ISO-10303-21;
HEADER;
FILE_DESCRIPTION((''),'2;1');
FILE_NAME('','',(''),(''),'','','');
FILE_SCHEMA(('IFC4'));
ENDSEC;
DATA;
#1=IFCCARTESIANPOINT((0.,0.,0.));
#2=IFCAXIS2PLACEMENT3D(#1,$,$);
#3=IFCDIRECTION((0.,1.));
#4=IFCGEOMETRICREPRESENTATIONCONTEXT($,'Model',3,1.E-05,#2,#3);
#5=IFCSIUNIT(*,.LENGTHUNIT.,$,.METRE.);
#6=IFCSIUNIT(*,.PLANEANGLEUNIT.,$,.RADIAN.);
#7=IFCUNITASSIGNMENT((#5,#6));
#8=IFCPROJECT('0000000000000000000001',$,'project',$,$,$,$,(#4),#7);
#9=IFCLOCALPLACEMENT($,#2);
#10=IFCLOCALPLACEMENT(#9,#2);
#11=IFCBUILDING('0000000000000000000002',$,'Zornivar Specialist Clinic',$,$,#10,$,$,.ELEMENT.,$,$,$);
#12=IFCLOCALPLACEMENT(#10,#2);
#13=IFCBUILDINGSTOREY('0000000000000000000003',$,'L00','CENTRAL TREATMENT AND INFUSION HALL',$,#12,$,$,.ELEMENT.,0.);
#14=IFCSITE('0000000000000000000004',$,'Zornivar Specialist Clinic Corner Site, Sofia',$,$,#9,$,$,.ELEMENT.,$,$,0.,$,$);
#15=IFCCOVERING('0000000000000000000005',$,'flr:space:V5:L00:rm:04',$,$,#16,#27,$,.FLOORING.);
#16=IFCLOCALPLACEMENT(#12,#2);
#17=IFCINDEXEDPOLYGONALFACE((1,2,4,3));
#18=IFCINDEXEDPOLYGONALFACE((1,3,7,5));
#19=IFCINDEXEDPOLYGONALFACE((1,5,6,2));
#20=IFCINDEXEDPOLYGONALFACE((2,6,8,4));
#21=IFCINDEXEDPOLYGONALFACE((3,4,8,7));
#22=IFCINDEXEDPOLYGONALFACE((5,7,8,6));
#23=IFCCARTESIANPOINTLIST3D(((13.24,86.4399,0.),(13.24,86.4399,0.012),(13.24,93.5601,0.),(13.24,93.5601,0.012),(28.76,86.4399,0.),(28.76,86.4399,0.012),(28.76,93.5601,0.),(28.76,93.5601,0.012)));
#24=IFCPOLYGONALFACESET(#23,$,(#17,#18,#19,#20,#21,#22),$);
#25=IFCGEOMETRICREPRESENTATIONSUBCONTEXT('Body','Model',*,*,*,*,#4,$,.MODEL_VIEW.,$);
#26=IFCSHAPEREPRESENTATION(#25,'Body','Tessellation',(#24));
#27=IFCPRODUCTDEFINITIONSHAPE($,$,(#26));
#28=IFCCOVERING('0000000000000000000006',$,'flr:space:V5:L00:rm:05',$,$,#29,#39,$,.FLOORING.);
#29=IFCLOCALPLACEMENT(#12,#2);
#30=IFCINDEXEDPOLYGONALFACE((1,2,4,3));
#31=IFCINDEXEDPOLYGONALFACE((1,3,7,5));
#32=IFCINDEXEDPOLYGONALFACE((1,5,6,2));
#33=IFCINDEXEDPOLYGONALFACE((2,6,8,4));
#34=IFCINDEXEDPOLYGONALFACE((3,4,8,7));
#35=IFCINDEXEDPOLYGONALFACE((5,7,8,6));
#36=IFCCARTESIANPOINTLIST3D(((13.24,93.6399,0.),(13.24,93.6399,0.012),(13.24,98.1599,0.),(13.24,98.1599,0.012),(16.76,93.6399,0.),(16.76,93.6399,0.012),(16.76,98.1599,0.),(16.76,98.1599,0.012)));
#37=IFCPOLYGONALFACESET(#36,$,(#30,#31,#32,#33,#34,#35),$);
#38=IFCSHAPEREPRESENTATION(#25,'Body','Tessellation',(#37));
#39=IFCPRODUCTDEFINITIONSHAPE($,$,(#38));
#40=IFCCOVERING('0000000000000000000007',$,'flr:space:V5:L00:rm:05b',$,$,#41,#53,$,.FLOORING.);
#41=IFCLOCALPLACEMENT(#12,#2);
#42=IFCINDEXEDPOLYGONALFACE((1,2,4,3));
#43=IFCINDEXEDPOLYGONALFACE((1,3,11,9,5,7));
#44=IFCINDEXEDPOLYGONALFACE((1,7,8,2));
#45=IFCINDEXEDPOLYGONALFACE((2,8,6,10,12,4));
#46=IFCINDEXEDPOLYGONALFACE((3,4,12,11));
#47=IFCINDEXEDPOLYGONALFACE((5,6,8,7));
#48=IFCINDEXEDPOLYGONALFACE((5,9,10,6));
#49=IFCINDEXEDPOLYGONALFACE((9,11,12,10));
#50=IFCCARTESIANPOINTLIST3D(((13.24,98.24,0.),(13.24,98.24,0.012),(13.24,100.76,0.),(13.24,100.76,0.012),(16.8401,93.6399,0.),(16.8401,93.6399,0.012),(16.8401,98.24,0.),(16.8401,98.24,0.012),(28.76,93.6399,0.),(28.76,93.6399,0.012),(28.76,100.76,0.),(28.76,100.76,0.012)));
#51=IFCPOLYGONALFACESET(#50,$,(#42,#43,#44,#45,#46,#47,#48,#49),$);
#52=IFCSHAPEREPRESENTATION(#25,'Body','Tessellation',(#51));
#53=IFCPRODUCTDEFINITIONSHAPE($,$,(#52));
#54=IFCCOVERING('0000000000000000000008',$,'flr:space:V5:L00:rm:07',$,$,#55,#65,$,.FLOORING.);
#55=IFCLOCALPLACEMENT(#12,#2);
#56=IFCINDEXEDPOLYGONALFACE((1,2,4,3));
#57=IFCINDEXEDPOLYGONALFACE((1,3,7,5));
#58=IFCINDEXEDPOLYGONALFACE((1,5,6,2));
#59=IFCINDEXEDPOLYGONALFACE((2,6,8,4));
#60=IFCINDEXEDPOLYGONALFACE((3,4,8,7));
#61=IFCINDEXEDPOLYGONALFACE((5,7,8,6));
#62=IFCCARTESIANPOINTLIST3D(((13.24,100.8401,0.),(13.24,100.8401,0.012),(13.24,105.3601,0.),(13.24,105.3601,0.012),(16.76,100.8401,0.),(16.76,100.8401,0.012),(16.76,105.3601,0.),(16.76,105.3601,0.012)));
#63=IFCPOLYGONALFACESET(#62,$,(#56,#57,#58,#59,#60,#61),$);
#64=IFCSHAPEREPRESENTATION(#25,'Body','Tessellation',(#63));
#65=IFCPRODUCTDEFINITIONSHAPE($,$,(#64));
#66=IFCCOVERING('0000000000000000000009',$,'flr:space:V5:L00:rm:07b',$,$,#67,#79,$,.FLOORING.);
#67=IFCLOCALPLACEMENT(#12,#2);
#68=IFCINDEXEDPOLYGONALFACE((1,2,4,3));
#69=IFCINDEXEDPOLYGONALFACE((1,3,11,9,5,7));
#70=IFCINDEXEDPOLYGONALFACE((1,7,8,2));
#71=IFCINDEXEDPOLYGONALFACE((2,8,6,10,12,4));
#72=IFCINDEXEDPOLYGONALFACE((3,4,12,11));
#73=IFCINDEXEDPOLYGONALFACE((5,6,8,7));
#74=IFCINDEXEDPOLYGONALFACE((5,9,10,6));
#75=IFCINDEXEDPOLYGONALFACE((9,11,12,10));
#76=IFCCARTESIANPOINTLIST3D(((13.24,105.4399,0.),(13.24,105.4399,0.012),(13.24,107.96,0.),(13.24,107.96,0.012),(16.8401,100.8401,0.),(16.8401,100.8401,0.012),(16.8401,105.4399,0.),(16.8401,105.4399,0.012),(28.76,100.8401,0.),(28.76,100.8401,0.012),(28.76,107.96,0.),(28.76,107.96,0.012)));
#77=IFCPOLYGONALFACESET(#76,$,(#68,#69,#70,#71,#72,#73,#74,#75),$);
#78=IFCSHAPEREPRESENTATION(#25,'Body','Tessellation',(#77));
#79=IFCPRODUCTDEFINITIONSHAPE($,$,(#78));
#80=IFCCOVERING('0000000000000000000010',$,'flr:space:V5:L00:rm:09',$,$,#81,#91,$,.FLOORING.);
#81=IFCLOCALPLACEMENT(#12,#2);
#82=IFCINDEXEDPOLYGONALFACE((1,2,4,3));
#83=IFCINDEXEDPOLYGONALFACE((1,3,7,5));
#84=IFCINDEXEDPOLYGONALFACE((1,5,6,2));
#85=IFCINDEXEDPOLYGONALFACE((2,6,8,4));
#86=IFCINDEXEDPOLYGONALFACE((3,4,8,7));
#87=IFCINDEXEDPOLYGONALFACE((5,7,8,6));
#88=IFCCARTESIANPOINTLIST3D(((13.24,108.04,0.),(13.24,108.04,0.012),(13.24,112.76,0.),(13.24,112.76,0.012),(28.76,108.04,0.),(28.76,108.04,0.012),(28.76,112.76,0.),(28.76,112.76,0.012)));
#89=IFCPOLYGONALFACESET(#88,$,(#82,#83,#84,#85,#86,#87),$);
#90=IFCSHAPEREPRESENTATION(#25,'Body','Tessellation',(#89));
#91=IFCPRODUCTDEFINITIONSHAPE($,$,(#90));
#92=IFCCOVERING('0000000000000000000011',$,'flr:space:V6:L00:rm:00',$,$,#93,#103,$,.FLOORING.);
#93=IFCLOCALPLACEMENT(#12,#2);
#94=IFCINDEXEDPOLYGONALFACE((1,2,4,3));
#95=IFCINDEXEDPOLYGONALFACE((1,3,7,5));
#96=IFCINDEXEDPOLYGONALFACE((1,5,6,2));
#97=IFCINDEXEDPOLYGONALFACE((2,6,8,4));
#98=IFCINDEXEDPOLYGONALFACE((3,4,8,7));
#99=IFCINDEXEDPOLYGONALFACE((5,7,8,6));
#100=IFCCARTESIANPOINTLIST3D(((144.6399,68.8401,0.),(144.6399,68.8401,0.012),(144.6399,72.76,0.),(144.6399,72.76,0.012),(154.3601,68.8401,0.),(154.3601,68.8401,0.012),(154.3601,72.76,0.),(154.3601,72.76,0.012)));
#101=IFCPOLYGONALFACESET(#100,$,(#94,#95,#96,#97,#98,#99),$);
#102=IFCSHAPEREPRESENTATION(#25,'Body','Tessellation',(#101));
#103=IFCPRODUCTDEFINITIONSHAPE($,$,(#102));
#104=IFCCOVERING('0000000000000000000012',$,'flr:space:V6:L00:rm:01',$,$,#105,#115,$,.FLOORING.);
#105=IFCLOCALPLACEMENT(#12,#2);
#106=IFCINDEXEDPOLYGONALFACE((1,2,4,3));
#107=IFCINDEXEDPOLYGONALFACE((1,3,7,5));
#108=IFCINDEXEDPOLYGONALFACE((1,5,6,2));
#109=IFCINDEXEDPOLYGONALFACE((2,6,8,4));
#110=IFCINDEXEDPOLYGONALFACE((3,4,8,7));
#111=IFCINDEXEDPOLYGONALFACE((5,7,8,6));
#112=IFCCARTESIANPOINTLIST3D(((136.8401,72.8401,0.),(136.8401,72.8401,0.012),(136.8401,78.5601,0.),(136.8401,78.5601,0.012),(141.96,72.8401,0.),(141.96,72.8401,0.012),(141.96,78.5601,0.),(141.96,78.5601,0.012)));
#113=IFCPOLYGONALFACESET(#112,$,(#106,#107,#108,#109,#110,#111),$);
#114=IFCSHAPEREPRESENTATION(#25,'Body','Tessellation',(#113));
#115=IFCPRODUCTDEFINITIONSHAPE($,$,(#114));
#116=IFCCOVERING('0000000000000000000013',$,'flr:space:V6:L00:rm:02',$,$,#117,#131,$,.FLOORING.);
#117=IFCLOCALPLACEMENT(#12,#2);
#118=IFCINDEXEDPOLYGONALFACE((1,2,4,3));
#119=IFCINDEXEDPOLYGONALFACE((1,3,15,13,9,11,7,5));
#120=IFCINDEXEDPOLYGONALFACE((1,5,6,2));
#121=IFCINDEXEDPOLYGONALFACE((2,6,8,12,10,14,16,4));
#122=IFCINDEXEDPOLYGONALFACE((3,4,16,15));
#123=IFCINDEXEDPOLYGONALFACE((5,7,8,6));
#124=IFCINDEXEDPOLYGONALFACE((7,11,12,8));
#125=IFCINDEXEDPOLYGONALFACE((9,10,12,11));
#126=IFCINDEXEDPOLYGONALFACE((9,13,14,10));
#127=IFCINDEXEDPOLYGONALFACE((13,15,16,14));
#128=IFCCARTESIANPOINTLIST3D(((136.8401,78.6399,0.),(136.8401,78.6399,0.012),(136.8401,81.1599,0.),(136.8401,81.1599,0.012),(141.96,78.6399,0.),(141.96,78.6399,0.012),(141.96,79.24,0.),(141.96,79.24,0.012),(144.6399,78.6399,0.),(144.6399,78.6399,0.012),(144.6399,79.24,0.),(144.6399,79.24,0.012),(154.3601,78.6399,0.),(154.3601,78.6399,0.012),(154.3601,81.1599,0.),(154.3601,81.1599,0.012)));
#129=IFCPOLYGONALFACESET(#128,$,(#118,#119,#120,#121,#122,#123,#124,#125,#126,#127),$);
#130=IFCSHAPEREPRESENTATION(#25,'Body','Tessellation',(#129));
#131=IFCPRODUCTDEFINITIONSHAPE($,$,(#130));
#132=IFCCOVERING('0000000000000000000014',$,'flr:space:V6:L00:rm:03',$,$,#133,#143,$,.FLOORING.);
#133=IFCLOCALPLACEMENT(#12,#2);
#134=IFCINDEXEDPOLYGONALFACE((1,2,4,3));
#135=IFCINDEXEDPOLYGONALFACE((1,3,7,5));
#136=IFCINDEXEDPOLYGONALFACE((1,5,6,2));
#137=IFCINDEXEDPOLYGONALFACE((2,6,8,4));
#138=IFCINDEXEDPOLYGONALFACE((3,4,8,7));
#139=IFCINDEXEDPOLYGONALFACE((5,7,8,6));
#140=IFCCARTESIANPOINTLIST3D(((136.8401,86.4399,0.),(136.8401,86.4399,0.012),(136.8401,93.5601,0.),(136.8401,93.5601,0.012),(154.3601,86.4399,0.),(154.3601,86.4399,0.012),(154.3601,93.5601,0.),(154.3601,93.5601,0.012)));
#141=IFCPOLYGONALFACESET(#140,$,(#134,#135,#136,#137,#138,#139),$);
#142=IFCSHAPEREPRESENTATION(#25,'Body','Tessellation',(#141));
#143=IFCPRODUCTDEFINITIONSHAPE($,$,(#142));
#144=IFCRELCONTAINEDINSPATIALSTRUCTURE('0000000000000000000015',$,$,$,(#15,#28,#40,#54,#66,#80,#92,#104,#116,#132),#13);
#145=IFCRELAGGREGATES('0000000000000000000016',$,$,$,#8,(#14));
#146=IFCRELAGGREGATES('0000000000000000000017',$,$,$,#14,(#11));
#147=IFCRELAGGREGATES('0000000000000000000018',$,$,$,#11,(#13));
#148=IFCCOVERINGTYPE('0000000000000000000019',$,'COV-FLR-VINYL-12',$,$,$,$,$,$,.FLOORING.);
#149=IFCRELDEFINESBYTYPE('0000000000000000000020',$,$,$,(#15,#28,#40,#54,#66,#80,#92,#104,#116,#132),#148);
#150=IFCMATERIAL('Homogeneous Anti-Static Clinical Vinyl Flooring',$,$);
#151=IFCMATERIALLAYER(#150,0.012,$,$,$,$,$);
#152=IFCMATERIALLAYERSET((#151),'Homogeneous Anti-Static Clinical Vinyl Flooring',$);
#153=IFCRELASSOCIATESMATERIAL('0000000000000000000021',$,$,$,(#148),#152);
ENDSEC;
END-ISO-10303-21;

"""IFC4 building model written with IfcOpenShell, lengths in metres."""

from ifc_helpers import new_model, si_unit, direction, origin, place, context, subcontext, project, spatial, polyline, outline, extrude, material, layer, layer_set, type_object, element, save


model = new_model("IFC4")

# Units and contexts
model_context = context("Model", 3, precision=1e-05, world=origin(), true_north=direction((0.0, 1.0)))
body_context = subcontext(model_context, "Body", "Model", "MODEL_VIEW")
ifc_project = project(units=[si_unit("LENGTHUNIT", "METRE"), si_unit("PLANEANGLEUNIT", "RADIAN")], contexts=[model_context])

# Site, building, storey
site_placement = place(None, origin())
site = spatial("IfcSite", under=ifc_project, at=site_placement, Name="Zornivar Specialist Clinic Corner Site, Sofia", CompositionType="ELEMENT", RefElevation=0.0)
building_placement = place(site_placement, origin())
building = spatial("IfcBuilding", under=site, at=building_placement, Name="Zornivar Specialist Clinic", CompositionType="ELEMENT")
storey_placement = place(building_placement, origin())
storey = spatial("IfcBuildingStorey", under=building, at=storey_placement, Name="L00", Description="CENTRAL TREATMENT AND INFUSION HALL", CompositionType="ELEMENT", Elevation=0.0)

# Coverings
ifc_material_1 = material(Name="Homogeneous Anti-Static Clinical Vinyl Flooring")
ifc_layer_1 = layer(ifc_material_1, 0.012)
ifc_layer_set_1 = layer_set([ifc_layer_1], Name="Homogeneous Anti-Static Clinical Vinyl Flooring")
covering_type_1 = type_object("IfcCoveringType", Name="COV-FLR-VINYL-12", PredefinedType="FLOORING", material=ifc_layer_set_1)
covering_1_placement = place(storey_placement, origin())
element("IfcCovering", 1, at=covering_1_placement, inside=storey, type_object=covering_type_1, Name="flr:space:V5:L00:rm:04", PredefinedType="FLOORING", context=body_context, shape_type="SweptSolid", body=[
    extrude(outline(polyline([(13.24, 86.4399), (13.24, 93.5601), (28.76, 93.5601), (28.76, 86.4399), (13.24, 86.4399)])), origin(), (0.0, 0.0, 1.0), 0.012),
])
covering_2_placement = place(storey_placement, origin())
element("IfcCovering", 2, at=covering_2_placement, inside=storey, type_object=covering_type_1, Name="flr:space:V5:L00:rm:05", PredefinedType="FLOORING", context=body_context, shape_type="SweptSolid", body=[
    extrude(outline(polyline([(13.24, 98.1599), (16.76, 98.1599), (16.76, 93.6399), (13.24, 93.6399), (13.24, 98.1599)])), origin(), (0.0, 0.0, 1.0), 0.012),
])
covering_3_placement = place(storey_placement, origin())
element("IfcCovering", 3, at=covering_3_placement, inside=storey, type_object=covering_type_1, Name="flr:space:V5:L00:rm:05b", PredefinedType="FLOORING", context=body_context, shape_type="SweptSolid", body=[
    extrude(outline(polyline([(16.8401, 98.24), (13.24, 98.24), (13.24, 100.76), (28.76, 100.76), (28.76, 93.6399), (16.8401, 93.6399), (16.8401, 98.24)])), origin(), (0.0, 0.0, 1.0), 0.012),
])
covering_4_placement = place(storey_placement, origin())
element("IfcCovering", 4, at=covering_4_placement, inside=storey, type_object=covering_type_1, Name="flr:space:V5:L00:rm:07", PredefinedType="FLOORING", context=body_context, shape_type="SweptSolid", body=[
    extrude(outline(polyline([(13.24, 105.3601), (16.76, 105.3601), (16.76, 100.8401), (13.24, 100.8401), (13.24, 105.3601)])), origin(), (0.0, 0.0, 1.0), 0.012),
])
covering_5_placement = place(storey_placement, origin())
element("IfcCovering", 5, at=covering_5_placement, inside=storey, type_object=covering_type_1, Name="flr:space:V5:L00:rm:07b", PredefinedType="FLOORING", context=body_context, shape_type="SweptSolid", body=[
    extrude(outline(polyline([(16.8401, 105.4399), (13.24, 105.4399), (13.24, 107.96), (28.76, 107.96), (28.76, 100.8401), (16.8401, 100.8401), (16.8401, 105.4399)])), origin(), (0.0, 0.0, 1.0), 0.012),
])
covering_6_placement = place(storey_placement, origin())
element("IfcCovering", 6, at=covering_6_placement, inside=storey, type_object=covering_type_1, Name="flr:space:V5:L00:rm:09", PredefinedType="FLOORING", context=body_context, shape_type="SweptSolid", body=[
    extrude(outline(polyline([(13.24, 108.04), (13.24, 112.76), (28.76, 112.76), (28.76, 108.04), (13.24, 108.04)])), origin(), (0.0, 0.0, 1.0), 0.012),
])
covering_7_placement = place(storey_placement, origin())
element("IfcCovering", 7, at=covering_7_placement, inside=storey, type_object=covering_type_1, Name="flr:space:V6:L00:rm:00", PredefinedType="FLOORING", context=body_context, shape_type="SweptSolid", body=[
    extrude(outline(polyline([(144.6399, 68.8401), (144.6399, 72.76), (154.3601, 72.76), (154.3601, 68.8401), (144.6399, 68.8401)])), origin(), (0.0, 0.0, 1.0), 0.012),
])
covering_8_placement = place(storey_placement, origin())
element("IfcCovering", 8, at=covering_8_placement, inside=storey, type_object=covering_type_1, Name="flr:space:V6:L00:rm:01", PredefinedType="FLOORING", context=body_context, shape_type="SweptSolid", body=[
    extrude(outline(polyline([(136.8401, 72.8401), (136.8401, 78.5601), (141.96, 78.5601), (141.96, 72.8401), (136.8401, 72.8401)])), origin(), (0.0, 0.0, 1.0), 0.012),
])
covering_9_placement = place(storey_placement, origin())
element("IfcCovering", 9, at=covering_9_placement, inside=storey, type_object=covering_type_1, Name="flr:space:V6:L00:rm:02", PredefinedType="FLOORING", context=body_context, shape_type="SweptSolid", body=[
    extrude(outline(polyline([(154.3601, 78.6399), (144.6399, 78.6399), (144.6399, 79.24), (141.96, 79.24), (141.96, 78.6399), (136.8401, 78.6399), (136.8401, 81.1599), (154.3601, 81.1599), (154.3601, 78.6399)])), origin(), (0.0, 0.0, 1.0), 0.012),
])
covering_10_placement = place(storey_placement, origin())
element("IfcCovering", 10, at=covering_10_placement, inside=storey, type_object=covering_type_1, Name="flr:space:V6:L00:rm:03", PredefinedType="FLOORING", context=body_context, shape_type="SweptSolid", body=[
    extrude(outline(polyline([(136.8401, 86.4399), (136.8401, 93.5601), (154.3601, 93.5601), (154.3601, 86.4399), (136.8401, 86.4399)])), origin(), (0.0, 0.0, 1.0), 0.012),
])

save(model, "model.ifc")
